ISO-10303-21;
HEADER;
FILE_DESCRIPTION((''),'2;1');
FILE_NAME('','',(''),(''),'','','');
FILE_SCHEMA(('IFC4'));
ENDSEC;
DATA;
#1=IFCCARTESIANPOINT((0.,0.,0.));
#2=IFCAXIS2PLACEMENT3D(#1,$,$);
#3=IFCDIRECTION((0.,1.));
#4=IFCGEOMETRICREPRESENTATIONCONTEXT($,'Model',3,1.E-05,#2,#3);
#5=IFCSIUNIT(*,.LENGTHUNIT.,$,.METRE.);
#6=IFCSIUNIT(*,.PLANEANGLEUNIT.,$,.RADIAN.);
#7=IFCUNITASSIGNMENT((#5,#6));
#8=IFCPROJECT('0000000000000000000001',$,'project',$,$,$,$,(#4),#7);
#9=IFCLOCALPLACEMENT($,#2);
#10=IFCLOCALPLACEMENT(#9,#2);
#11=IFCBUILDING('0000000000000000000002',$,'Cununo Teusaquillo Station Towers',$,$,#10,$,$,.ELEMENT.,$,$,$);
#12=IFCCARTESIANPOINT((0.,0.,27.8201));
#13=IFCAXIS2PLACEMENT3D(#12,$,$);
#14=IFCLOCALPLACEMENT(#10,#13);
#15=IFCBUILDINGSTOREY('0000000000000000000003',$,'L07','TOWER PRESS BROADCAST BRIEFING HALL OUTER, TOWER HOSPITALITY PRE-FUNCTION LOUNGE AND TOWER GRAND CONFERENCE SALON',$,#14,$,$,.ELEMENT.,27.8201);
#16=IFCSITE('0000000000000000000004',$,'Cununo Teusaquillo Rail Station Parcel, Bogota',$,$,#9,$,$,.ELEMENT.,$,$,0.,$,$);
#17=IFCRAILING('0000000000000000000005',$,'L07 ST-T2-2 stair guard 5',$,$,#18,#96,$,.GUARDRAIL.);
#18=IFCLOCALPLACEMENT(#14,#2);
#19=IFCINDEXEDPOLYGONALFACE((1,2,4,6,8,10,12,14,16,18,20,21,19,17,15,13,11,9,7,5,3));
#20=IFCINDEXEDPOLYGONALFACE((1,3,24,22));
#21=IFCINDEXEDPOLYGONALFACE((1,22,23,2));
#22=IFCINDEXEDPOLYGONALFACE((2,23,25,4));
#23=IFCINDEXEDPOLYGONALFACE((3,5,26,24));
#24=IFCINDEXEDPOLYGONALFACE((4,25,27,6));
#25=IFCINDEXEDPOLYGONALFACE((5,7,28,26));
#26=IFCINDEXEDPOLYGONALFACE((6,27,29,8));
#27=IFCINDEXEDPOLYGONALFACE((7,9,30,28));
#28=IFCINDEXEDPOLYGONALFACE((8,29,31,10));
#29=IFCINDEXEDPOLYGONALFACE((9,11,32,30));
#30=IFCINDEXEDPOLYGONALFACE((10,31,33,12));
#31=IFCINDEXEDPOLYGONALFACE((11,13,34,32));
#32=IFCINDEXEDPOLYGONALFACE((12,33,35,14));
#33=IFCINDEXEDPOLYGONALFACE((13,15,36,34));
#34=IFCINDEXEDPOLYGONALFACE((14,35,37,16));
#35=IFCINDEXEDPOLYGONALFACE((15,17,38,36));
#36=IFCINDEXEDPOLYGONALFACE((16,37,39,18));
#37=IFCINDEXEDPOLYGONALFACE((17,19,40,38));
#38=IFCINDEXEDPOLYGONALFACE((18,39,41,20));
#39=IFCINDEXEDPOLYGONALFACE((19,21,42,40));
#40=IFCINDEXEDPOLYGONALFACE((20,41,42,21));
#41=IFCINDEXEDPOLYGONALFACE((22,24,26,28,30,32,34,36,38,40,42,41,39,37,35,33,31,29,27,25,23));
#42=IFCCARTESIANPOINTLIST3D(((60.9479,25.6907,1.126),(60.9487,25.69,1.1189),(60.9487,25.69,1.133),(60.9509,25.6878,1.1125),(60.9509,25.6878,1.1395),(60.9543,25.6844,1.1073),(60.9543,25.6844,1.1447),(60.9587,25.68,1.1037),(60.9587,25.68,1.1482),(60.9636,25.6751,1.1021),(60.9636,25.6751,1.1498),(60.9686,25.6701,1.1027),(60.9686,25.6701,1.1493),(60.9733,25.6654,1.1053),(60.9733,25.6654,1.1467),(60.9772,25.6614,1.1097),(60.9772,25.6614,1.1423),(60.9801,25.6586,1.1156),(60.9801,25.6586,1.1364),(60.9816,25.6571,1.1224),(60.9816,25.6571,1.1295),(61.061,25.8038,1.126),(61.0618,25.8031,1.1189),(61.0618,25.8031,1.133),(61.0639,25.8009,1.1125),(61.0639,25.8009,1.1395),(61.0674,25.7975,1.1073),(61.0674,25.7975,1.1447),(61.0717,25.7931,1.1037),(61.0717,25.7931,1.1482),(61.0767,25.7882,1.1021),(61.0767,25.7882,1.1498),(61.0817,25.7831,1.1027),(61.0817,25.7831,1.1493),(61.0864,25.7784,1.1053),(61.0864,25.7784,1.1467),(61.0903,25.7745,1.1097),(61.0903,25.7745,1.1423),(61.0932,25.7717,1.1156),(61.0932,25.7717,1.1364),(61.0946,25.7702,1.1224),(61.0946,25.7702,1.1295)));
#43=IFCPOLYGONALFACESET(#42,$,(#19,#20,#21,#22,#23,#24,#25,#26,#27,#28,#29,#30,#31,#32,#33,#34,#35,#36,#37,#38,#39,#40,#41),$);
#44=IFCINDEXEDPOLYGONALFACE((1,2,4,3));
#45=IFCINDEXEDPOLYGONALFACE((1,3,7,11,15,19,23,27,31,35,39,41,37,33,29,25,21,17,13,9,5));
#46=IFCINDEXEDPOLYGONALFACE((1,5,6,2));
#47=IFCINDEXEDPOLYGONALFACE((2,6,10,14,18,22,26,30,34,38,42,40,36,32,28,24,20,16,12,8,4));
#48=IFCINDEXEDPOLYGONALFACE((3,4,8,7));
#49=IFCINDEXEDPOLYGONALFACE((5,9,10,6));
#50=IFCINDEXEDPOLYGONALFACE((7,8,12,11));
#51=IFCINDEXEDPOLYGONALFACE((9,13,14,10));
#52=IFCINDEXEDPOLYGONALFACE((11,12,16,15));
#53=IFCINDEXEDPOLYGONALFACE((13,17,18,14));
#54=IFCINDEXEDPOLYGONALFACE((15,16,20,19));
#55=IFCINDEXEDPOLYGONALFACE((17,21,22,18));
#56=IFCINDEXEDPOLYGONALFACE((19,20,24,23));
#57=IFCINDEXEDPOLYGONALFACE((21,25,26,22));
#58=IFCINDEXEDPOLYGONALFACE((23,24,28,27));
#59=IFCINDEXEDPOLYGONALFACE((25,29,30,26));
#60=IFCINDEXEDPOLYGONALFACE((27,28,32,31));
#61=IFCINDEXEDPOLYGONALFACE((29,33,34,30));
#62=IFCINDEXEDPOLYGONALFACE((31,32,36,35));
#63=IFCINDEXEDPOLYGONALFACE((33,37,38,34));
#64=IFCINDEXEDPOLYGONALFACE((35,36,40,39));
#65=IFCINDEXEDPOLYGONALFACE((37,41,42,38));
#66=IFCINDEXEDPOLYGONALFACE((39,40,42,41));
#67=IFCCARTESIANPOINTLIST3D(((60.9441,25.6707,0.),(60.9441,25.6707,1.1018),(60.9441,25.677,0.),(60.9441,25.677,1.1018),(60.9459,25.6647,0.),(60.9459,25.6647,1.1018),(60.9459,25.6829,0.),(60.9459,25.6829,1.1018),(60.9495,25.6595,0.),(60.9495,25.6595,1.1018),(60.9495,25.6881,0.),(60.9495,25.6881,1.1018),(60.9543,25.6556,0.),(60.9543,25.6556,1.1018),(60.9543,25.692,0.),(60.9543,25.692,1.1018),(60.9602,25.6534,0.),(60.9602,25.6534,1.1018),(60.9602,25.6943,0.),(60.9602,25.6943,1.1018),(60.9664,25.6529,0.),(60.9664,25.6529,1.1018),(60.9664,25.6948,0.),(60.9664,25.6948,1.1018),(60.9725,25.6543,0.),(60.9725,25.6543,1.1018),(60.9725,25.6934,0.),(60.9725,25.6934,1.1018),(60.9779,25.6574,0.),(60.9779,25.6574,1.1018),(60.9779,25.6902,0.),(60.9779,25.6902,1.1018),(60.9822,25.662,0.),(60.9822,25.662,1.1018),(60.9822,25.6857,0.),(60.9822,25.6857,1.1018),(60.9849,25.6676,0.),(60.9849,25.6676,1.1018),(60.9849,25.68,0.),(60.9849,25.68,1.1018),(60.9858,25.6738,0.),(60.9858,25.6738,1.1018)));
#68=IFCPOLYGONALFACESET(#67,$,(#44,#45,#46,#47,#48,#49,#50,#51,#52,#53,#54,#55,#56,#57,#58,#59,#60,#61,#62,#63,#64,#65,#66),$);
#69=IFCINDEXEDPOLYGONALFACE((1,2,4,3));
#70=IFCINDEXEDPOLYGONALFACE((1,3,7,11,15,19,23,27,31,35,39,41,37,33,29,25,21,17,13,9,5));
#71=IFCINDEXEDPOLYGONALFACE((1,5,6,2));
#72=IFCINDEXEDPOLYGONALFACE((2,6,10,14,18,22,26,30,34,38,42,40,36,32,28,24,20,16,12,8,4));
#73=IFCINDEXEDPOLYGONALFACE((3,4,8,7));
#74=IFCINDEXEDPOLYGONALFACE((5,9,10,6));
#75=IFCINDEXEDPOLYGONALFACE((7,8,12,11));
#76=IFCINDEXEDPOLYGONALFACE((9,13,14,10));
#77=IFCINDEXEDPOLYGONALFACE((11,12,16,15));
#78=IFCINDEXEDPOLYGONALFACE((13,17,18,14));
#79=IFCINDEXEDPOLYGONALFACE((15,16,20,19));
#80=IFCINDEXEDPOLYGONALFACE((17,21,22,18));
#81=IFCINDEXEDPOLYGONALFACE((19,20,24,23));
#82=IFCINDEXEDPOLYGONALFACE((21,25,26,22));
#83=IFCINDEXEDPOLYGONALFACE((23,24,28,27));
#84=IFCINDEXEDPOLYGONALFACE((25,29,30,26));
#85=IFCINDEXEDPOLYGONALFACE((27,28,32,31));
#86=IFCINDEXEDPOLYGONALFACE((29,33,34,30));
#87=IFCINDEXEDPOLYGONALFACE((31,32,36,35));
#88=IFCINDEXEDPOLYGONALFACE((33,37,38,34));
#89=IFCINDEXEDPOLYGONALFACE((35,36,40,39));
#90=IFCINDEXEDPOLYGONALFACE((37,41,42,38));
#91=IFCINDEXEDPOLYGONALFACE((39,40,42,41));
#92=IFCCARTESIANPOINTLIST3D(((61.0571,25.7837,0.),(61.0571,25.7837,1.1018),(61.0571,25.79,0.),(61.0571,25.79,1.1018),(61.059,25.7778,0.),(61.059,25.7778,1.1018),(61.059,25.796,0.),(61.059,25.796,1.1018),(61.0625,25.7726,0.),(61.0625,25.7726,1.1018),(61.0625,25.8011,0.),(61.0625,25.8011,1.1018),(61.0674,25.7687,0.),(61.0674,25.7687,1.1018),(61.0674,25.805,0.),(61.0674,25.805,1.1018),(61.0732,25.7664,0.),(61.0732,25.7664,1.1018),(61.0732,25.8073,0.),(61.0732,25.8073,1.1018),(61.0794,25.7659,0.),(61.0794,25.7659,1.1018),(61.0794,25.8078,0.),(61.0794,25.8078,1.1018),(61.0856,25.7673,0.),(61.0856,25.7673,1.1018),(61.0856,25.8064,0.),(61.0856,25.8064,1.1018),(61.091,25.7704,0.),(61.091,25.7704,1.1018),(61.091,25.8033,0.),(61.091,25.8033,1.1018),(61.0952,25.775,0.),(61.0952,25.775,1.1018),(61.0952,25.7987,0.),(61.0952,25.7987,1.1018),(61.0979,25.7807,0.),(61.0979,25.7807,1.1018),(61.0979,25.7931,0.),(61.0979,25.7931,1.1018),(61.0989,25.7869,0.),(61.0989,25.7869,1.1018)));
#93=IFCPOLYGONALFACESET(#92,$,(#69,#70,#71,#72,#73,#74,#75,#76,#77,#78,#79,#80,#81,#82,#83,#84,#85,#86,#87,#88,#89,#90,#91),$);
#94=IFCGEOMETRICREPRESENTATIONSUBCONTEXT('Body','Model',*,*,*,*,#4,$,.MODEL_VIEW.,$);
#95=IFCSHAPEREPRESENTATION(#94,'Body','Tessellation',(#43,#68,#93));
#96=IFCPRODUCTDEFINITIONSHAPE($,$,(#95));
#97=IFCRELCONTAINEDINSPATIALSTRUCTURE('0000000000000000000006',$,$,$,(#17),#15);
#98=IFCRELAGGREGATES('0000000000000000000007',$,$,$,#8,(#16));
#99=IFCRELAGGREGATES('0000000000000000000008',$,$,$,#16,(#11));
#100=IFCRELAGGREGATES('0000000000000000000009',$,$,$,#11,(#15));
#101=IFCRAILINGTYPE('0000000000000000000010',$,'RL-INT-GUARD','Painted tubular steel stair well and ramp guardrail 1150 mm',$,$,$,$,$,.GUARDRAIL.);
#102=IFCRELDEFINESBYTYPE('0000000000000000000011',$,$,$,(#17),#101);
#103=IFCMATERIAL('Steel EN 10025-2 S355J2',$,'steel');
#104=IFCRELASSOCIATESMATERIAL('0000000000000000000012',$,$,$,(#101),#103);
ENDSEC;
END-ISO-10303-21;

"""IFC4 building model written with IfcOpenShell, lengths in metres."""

from ifc_helpers import new_model, si_unit, direction, frame, origin, origin_2d, place, context, subcontext, project, spatial, circle, extrude, material, type_object, element, save


model = new_model("IFC4")

# Units and contexts
model_context = context("Model", 3, precision=1e-05, world=origin(), true_north=direction((0.0, 1.0)))
body_context = subcontext(model_context, "Body", "Model", "MODEL_VIEW")
ifc_project = project(units=[si_unit("LENGTHUNIT", "METRE"), si_unit("PLANEANGLEUNIT", "RADIAN")], contexts=[model_context])

# Site, building, storey
site_placement = place(None, origin())
site = spatial("IfcSite", under=ifc_project, at=site_placement, Name="Cununo Teusaquillo Rail Station Parcel, Bogota", CompositionType="ELEMENT", RefElevation=0.0)
building_placement = place(site_placement, origin())
building = spatial("IfcBuilding", under=site, at=building_placement, Name="Cununo Teusaquillo Station Towers", CompositionType="ELEMENT")
storey_placement = place(building_placement, frame((0.0, 0.0, 27.8201)))
storey = spatial("IfcBuildingStorey", under=building, at=storey_placement, Name="L07", Description="TOWER PRESS BROADCAST BRIEFING HALL OUTER, TOWER HOSPITALITY PRE-FUNCTION LOUNGE AND TOWER GRAND CONFERENCE SALON", CompositionType="ELEMENT", Elevation=27.8201)

# Railing
ifc_material_1 = material(Name="Steel EN 10025-2 S355J2", Category="steel")
railing_type_1 = type_object("IfcRailingType", Name="RL-INT-GUARD", Description="Painted tubular steel stair well and ramp guardrail 1150 mm", PredefinedType="GUARDRAIL", material=ifc_material_1)
railing_1_placement = place(storey_placement, frame((60.9648, 25.6738, 0.0)))
element("IfcRailing", 1, at=railing_1_placement, inside=storey, type_object=railing_type_1, Name="L07 ST-T2-2 stair guard 5", PredefinedType="GUARDRAIL", context=body_context, shape_type="SweptSolid", body=[
    extrude(circle(Radius=0.0239, at=origin_2d()), frame((0.0, 0.0, 1.126), z_axis=(0.707107, 0.707107, 0.0), x_axis=(-0.707107, 0.707107, 0.0)), (0.0, 0.0, 1.0), 0.1599),
    extrude(circle(Radius=0.021, at=origin_2d()), origin(), (0.0, 0.0, 1.0), 1.1018),
    extrude(circle(Radius=0.021, at=origin_2d()), frame((0.113, 0.113, 0.0)), (0.0, 0.0, 1.0), 1.1018),
])

save(model, "model.ifc")
